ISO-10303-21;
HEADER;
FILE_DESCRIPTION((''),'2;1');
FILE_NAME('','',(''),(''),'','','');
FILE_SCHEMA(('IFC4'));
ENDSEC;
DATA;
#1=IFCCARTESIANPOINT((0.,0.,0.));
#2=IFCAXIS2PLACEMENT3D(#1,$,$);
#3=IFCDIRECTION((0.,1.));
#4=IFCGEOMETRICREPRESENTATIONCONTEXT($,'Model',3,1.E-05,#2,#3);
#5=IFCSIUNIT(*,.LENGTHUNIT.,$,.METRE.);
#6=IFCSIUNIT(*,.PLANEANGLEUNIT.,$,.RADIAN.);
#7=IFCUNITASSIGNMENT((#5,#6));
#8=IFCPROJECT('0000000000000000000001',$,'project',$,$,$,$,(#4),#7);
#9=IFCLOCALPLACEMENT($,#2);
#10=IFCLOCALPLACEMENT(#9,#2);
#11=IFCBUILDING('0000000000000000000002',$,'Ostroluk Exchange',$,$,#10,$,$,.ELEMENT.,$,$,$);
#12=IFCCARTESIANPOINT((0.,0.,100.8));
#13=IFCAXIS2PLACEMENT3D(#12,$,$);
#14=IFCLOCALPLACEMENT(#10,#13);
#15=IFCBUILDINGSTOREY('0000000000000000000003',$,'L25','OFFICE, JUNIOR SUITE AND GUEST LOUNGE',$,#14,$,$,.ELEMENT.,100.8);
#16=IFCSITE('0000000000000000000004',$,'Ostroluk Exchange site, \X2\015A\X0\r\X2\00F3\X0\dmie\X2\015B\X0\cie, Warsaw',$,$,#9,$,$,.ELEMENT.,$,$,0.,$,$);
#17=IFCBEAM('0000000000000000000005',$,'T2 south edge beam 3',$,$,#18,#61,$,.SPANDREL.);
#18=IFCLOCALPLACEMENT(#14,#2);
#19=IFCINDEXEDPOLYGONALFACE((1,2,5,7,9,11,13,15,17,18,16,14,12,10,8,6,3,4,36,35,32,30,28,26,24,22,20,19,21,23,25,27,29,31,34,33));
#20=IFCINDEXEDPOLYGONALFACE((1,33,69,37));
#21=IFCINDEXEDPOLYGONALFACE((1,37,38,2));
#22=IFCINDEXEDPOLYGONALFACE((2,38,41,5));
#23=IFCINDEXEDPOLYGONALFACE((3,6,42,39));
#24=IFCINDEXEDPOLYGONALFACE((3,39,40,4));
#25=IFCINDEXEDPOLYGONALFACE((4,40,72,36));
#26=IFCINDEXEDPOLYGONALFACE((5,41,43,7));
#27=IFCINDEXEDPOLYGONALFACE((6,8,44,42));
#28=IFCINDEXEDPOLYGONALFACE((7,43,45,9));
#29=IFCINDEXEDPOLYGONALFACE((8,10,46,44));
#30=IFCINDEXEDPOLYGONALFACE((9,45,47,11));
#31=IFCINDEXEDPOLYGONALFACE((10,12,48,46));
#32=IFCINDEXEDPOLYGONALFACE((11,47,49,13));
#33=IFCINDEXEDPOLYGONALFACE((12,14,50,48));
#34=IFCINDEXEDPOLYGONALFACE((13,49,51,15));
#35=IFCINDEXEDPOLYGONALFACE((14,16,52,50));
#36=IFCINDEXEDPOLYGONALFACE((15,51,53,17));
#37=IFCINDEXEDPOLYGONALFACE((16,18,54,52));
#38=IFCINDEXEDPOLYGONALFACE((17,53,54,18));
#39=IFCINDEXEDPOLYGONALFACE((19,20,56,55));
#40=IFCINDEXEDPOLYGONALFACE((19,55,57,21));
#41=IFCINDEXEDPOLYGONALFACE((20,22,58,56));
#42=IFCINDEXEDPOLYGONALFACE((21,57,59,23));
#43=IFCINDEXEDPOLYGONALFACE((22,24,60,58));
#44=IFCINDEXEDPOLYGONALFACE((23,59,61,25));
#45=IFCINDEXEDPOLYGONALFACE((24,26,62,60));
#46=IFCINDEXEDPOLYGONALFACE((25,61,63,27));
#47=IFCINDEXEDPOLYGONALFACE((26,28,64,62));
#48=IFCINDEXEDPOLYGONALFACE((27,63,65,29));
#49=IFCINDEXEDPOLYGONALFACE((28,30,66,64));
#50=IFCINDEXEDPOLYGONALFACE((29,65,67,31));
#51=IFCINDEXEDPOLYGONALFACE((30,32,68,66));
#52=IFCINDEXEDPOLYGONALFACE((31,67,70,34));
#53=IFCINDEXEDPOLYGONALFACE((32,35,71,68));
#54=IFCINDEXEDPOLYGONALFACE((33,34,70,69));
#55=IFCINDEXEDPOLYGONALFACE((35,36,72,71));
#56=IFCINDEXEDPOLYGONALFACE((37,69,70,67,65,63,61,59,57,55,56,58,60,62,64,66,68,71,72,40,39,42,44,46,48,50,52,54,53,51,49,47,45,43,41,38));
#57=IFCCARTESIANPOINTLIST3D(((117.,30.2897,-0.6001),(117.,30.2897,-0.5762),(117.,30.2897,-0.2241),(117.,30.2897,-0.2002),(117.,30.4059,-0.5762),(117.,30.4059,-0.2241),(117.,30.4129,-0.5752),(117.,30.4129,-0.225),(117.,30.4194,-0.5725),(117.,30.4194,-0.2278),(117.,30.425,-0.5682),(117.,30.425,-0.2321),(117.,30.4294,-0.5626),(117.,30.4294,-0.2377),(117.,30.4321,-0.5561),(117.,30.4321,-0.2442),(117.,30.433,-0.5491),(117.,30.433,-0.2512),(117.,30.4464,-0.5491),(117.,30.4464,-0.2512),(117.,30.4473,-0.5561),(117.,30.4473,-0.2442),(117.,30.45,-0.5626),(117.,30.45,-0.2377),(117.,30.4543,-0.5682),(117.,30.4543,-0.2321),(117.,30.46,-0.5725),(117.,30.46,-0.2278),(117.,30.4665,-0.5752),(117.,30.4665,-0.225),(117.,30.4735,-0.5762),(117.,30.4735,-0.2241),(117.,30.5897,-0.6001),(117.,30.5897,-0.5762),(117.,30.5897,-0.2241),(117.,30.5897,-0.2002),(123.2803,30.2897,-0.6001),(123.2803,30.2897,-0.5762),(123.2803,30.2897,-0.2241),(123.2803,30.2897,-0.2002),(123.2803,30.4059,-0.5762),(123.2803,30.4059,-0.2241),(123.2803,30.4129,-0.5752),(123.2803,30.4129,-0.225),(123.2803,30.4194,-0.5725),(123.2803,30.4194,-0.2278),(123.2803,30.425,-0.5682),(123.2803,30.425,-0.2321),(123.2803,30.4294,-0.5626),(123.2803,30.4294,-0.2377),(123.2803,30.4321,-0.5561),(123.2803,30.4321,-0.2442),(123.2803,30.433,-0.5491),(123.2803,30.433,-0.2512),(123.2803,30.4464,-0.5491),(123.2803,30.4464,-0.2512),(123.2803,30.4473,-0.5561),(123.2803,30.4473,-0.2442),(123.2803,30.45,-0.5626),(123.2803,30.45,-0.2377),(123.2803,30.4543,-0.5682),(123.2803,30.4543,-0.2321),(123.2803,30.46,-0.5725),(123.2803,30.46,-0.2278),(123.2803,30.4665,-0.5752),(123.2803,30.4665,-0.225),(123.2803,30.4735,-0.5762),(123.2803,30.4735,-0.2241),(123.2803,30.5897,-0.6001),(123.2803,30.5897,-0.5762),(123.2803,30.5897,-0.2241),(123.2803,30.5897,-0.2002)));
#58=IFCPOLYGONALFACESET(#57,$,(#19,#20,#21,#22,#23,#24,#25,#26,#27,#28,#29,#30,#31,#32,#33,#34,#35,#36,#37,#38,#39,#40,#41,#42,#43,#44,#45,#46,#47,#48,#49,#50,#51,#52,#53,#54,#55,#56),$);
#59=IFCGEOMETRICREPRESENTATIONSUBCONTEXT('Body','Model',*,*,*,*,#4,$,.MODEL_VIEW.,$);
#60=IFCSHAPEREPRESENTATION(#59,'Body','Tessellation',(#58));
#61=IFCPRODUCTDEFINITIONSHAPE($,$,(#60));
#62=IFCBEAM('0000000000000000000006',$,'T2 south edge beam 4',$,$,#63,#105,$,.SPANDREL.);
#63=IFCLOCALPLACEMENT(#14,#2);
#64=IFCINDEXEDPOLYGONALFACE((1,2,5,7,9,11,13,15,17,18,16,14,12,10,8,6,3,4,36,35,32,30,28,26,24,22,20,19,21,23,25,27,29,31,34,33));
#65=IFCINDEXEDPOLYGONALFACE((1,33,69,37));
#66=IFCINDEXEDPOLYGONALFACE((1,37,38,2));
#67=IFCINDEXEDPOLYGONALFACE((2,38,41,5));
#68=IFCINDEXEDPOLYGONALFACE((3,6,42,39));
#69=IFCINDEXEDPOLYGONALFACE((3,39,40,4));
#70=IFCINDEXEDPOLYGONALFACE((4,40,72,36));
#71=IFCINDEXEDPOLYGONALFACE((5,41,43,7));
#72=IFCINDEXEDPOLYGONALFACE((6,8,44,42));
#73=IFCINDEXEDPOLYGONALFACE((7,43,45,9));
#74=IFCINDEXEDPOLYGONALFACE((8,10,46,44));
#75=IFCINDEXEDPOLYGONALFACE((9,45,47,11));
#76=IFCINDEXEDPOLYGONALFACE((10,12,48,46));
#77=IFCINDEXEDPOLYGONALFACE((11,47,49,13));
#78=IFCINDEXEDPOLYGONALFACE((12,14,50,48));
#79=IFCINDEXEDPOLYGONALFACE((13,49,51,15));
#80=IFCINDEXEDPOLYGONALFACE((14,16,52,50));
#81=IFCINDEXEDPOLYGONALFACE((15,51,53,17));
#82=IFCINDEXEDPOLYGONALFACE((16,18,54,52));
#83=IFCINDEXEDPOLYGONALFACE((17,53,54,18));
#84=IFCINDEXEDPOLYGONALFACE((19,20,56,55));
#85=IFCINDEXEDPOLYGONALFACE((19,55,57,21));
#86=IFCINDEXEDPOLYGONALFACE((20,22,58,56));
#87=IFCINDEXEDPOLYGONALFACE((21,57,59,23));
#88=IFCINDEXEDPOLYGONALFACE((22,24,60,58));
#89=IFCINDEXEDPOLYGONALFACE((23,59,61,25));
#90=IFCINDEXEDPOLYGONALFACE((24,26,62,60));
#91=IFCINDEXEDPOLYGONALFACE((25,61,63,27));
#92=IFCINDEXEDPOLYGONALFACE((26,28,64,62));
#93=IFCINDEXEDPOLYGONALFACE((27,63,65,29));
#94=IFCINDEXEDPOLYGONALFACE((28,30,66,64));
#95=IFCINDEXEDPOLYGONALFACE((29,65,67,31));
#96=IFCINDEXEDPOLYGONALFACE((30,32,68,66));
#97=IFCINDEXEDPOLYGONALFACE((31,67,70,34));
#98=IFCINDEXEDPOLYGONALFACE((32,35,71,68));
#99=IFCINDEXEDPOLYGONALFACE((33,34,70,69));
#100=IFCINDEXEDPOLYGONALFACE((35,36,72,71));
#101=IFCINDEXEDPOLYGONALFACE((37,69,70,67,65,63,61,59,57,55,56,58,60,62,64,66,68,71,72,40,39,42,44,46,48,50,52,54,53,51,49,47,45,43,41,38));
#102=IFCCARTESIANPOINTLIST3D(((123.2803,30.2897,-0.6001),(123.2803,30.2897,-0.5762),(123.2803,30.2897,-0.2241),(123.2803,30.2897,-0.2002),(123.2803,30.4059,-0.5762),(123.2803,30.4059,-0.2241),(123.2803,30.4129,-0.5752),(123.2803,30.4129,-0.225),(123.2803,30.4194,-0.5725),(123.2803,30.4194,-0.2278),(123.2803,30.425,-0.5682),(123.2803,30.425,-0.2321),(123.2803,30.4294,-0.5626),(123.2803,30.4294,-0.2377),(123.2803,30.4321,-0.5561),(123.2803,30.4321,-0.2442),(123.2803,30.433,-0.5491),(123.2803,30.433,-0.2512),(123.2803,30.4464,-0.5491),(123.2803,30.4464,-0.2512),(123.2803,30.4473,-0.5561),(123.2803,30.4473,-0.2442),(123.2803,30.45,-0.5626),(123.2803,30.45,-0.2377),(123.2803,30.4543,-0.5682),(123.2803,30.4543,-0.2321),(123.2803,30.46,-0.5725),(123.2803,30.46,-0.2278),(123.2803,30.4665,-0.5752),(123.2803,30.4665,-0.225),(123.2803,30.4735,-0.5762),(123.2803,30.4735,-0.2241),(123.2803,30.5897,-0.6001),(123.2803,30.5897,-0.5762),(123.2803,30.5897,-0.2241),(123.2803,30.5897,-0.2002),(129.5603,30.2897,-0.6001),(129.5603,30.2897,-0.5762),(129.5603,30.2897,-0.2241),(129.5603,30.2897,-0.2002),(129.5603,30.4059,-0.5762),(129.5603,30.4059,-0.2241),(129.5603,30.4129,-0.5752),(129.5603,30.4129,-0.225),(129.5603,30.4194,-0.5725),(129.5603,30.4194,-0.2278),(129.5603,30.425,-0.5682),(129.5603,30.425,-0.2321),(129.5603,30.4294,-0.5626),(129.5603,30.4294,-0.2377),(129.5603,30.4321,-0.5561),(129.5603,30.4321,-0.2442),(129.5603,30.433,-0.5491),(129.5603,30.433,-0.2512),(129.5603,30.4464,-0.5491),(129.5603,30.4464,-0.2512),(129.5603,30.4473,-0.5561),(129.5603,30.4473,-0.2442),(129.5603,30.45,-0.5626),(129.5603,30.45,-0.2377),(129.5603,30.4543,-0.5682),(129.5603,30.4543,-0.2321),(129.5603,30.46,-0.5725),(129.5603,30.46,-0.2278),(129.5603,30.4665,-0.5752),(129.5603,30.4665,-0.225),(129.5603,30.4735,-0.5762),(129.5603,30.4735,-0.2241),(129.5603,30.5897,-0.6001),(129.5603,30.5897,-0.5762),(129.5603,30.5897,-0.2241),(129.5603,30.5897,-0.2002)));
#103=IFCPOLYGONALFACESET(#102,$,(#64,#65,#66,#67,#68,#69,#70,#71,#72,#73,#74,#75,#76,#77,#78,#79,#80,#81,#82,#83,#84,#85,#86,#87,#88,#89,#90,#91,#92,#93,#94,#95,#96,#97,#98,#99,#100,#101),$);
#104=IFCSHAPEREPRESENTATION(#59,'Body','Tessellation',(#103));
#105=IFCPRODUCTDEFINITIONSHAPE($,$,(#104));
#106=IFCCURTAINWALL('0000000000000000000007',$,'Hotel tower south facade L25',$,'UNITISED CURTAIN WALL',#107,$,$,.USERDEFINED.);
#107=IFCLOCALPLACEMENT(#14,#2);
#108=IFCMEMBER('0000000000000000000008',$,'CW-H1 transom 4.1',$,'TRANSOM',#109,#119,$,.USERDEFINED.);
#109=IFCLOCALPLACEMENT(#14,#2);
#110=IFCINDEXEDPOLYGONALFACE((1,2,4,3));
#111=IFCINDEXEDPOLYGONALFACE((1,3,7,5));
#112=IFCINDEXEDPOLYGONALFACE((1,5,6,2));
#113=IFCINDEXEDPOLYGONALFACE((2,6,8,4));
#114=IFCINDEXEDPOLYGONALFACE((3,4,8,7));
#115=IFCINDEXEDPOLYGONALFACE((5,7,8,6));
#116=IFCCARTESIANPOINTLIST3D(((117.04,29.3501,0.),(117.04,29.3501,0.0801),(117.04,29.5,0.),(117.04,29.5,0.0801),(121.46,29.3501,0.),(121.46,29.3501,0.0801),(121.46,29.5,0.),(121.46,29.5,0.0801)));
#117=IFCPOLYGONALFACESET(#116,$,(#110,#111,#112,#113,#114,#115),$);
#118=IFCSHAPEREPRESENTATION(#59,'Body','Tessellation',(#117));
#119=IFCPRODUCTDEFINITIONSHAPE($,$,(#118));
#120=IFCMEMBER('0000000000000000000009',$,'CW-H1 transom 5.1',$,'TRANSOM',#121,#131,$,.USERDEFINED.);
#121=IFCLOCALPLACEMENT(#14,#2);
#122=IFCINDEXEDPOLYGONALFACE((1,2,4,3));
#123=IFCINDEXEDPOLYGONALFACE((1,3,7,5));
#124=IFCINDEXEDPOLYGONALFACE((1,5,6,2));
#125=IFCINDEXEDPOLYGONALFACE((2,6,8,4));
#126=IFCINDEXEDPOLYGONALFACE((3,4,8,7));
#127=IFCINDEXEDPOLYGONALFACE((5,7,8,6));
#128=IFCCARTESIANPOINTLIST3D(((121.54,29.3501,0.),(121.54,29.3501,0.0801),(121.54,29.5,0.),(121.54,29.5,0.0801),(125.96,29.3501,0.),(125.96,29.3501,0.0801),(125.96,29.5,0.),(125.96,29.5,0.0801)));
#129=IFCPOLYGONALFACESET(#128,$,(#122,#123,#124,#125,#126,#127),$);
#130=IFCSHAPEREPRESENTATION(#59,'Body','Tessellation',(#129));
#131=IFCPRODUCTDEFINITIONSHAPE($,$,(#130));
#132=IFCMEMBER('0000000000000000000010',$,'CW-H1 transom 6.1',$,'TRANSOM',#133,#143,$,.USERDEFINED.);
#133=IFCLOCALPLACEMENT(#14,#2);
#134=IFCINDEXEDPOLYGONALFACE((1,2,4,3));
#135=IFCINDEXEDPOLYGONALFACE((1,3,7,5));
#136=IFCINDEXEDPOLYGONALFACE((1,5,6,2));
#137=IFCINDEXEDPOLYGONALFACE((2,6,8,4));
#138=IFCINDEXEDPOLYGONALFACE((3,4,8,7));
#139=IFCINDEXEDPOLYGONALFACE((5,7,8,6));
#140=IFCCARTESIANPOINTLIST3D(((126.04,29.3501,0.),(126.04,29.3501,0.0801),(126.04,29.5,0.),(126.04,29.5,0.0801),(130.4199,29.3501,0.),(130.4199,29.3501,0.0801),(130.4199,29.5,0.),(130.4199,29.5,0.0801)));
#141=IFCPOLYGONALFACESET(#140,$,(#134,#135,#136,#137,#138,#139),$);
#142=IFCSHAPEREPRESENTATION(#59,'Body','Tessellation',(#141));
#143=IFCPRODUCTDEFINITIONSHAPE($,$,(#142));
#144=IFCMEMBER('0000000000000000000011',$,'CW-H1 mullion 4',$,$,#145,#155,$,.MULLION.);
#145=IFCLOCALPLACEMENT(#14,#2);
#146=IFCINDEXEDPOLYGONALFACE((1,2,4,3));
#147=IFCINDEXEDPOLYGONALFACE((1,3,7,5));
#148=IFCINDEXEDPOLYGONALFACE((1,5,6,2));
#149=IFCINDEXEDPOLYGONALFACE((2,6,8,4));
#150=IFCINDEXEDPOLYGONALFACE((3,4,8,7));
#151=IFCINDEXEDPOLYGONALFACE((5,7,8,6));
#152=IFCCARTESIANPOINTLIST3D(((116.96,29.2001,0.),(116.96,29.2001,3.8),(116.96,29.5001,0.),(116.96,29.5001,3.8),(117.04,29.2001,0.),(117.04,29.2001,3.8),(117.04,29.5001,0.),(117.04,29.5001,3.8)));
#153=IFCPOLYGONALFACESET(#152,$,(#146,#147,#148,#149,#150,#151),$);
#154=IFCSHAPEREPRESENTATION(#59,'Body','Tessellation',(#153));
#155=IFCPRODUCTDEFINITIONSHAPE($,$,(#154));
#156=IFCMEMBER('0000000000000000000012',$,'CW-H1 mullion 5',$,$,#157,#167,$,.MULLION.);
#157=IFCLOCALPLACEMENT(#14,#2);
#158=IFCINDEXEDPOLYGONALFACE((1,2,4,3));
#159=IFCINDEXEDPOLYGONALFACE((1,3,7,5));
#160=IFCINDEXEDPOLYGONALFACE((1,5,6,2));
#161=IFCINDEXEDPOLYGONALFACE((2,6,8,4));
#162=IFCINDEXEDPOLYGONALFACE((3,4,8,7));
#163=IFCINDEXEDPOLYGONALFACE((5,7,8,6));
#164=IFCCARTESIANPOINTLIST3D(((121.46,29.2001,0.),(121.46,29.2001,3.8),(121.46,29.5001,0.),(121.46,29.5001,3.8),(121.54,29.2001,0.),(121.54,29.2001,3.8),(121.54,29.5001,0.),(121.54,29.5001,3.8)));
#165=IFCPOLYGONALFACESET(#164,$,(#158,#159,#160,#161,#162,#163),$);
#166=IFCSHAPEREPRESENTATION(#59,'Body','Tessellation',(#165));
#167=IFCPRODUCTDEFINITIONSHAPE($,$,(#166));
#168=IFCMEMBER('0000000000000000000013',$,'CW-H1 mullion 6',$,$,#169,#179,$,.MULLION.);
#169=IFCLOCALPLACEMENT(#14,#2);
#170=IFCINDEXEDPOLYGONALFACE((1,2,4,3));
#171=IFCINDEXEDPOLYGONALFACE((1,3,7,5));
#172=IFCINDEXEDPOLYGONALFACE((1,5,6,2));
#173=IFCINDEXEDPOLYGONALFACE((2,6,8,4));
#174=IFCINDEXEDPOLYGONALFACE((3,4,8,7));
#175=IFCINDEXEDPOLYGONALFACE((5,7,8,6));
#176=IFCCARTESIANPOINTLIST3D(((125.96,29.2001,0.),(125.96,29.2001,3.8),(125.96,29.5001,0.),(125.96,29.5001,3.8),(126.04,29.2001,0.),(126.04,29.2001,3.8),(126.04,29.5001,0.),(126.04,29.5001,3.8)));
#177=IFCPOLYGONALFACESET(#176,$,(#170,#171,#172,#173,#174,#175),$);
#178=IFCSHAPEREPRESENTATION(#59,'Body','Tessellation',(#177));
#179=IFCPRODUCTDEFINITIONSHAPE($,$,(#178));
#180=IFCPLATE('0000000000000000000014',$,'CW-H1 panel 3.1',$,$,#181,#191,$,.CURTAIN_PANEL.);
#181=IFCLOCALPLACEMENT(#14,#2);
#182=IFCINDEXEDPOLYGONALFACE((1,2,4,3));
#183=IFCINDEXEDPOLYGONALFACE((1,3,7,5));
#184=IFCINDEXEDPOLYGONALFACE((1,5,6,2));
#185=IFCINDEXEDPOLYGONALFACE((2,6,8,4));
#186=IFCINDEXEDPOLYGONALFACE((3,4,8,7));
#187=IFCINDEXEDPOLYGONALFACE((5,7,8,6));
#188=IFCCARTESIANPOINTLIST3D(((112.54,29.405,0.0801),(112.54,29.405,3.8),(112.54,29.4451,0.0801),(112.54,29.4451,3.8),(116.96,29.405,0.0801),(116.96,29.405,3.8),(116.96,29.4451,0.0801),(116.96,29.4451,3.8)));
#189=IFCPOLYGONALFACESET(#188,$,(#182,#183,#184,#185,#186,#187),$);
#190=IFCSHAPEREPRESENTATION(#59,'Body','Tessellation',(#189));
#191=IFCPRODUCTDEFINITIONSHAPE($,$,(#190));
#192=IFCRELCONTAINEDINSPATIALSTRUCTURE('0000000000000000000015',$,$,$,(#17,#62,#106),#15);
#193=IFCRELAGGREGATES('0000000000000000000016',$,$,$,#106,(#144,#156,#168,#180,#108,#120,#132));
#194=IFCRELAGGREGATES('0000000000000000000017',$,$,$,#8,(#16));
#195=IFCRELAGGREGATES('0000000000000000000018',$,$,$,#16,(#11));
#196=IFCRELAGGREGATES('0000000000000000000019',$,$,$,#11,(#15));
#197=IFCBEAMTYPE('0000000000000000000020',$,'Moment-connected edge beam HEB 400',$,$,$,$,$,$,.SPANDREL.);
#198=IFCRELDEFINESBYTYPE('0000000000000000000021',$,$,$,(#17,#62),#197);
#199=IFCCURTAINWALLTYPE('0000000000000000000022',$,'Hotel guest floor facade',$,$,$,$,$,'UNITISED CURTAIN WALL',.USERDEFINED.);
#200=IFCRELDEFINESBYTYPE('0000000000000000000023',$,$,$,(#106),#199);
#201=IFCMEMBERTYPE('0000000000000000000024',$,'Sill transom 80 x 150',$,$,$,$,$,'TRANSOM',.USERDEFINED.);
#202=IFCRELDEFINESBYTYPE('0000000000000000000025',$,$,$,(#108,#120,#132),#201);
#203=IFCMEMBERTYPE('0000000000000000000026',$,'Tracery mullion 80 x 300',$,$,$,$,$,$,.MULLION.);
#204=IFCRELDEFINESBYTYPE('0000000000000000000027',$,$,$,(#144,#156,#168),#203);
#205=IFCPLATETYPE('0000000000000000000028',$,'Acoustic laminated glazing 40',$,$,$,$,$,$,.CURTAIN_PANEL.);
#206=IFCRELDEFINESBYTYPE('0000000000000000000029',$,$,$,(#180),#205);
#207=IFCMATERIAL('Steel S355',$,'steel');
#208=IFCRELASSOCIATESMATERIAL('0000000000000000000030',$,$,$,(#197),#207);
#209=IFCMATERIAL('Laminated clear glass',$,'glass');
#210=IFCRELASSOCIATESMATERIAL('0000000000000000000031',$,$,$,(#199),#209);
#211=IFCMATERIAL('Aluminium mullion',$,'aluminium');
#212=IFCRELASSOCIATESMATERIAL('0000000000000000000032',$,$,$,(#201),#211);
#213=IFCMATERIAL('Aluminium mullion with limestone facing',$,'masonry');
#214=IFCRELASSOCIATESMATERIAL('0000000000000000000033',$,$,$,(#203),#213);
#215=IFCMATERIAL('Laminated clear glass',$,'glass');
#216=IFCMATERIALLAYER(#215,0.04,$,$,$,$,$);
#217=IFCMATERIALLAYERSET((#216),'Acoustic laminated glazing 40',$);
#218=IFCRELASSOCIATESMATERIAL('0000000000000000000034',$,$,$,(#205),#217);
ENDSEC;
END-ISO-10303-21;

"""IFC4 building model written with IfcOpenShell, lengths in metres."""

from ifc_helpers import new_model, si_unit, direction, frame, origin, origin_2d, place, context, subcontext, project, spatial, rectangle, i_section, extrude, material, layer, layer_set, material_profile, profile_set, type_object, element, aggregate, save


model = new_model("IFC4")

# Units and contexts
model_context = context("Model", 3, precision=1e-05, world=origin(), true_north=direction((0.0, 1.0)))
body_context = subcontext(model_context, "Body", "Model", "MODEL_VIEW")
ifc_project = project(units=[si_unit("LENGTHUNIT", "METRE"), si_unit("PLANEANGLEUNIT", "RADIAN")], contexts=[model_context])

# Site, building, storey
site_placement = place(None, origin())
site = spatial("IfcSite", under=ifc_project, at=site_placement, Name="Ostroluk Exchange site, Śródmieście, Warsaw", CompositionType="ELEMENT", RefElevation=0.0)
building_placement = place(site_placement, origin())
building = spatial("IfcBuilding", under=site, at=building_placement, Name="Ostroluk Exchange", CompositionType="ELEMENT")
storey_placement = place(building_placement, frame((0.0, 0.0, 100.8)))
storey = spatial("IfcBuildingStorey", under=building, at=storey_placement, Name="L25", Description="OFFICE, JUNIOR SUITE AND GUEST LOUNGE", CompositionType="ELEMENT", Elevation=100.8)

# Beams
ifc_material_1 = material(Name="Steel S355", Category="steel")
ifc_material_profile_1 = material_profile(ifc_material_1, i_section(OverallWidth=0.3, OverallDepth=0.3999, WebThickness=0.0134, FlangeThickness=0.0239, FilletRadius=0.0271, at=origin_2d()), Name="HEB 400")
ifc_profile_set_1 = profile_set([ifc_material_profile_1], Name="Steel S355")
beam_type_1 = type_object("IfcBeamType", Name="Moment-connected edge beam HEB 400", PredefinedType="SPANDREL", material=ifc_profile_set_1)
beam_1_placement = place(storey_placement, frame((117.0, 30.4397, -0.4001), z_axis=(1.0, 0.0, 0.0), x_axis=(0.0, 1.0, 0.0)))
element("IfcBeam", 1, at=beam_1_placement, inside=storey, type_object=beam_type_1, Name="T2 south edge beam 3", PredefinedType="SPANDREL", context=body_context, shape_type="SweptSolid", body=[
    extrude(i_section(OverallWidth=0.3, OverallDepth=0.3999, WebThickness=0.0134, FlangeThickness=0.0239, FilletRadius=0.0271, at=origin_2d()), origin(), (0.0, 0.0, 1.0), 6.2803),
])
beam_2_placement = place(storey_placement, frame((123.2803, 30.4397, -0.4001), z_axis=(1.0, 0.0, 0.0), x_axis=(0.0, 1.0, 0.0)))
element("IfcBeam", 2, at=beam_2_placement, inside=storey, type_object=beam_type_1, Name="T2 south edge beam 4", PredefinedType="SPANDREL", context=body_context, shape_type="SweptSolid", body=[
    extrude(i_section(OverallWidth=0.3, OverallDepth=0.3999, WebThickness=0.0134, FlangeThickness=0.0239, FilletRadius=0.0271, at=origin_2d()), origin(), (0.0, 0.0, 1.0), 6.28),
])

# Curtain wall, members, plate
ifc_material_2 = material(Name="Laminated clear glass", Category="glass")
curtain_wall_type = type_object("IfcCurtainWallType", Name="Hotel guest floor facade", ElementType="UNITISED CURTAIN WALL", PredefinedType="USERDEFINED", material=ifc_material_2)
curtain_wall_placement = place(storey_placement, origin())
curtain_wall = element("IfcCurtainWall", 3, at=curtain_wall_placement, inside=storey, type_object=curtain_wall_type, Name="Hotel tower south facade L25", ObjectType="UNITISED CURTAIN WALL", PredefinedType="USERDEFINED")
ifc_material_3 = material(Name="Aluminium mullion", Category="aluminium")
ifc_material_profile_2 = material_profile(ifc_material_3, rectangle(XDim=0.1499, YDim=0.0801, at=origin_2d()), Name="Sill transom 80 x 150")
ifc_profile_set_2 = profile_set([ifc_material_profile_2], Name="Aluminium mullion")
member_type_1 = type_object("IfcMemberType", Name="Sill transom 80 x 150", ElementType="TRANSOM", PredefinedType="USERDEFINED", material=ifc_profile_set_2)
member_1_placement = place(storey_placement, frame((117.04, 29.425, 0.04), z_axis=(1.0, 0.0, 0.0), x_axis=(0.0, 1.0, 0.0)))
member_1 = element("IfcMember", 4, at=member_1_placement, type_object=member_type_1, Name="CW-H1 transom 4.1", ObjectType="TRANSOM", PredefinedType="USERDEFINED", context=body_context, shape_type="SweptSolid", body=[
    extrude(rectangle(XDim=0.1499, YDim=0.0801, at=origin_2d()), origin(), (0.0, 0.0, 1.0), 4.4199),
])
member_2_placement = place(storey_placement, frame((121.54, 29.425, 0.04), z_axis=(1.0, 0.0, 0.0), x_axis=(0.0, 1.0, 0.0)))
member_2 = element("IfcMember", 5, at=member_2_placement, type_object=member_type_1, Name="CW-H1 transom 5.1", ObjectType="TRANSOM", PredefinedType="USERDEFINED", context=body_context, shape_type="SweptSolid", body=[
    extrude(rectangle(XDim=0.1499, YDim=0.0801, at=origin_2d()), origin(), (0.0, 0.0, 1.0), 4.4199),
])
member_3_placement = place(storey_placement, frame((126.04, 29.425, 0.04), z_axis=(1.0, 0.0, 0.0), x_axis=(0.0, 1.0, 0.0)))
member_3 = element("IfcMember", 6, at=member_3_placement, type_object=member_type_1, Name="CW-H1 transom 6.1", ObjectType="TRANSOM", PredefinedType="USERDEFINED", context=body_context, shape_type="SweptSolid", body=[
    extrude(rectangle(XDim=0.1499, YDim=0.0801, at=origin_2d()), origin(), (0.0, 0.0, 1.0), 4.3799),
])
ifc_material_4 = material(Name="Aluminium mullion with limestone facing", Category="masonry")
ifc_material_profile_3 = material_profile(ifc_material_4, rectangle(XDim=0.3, YDim=0.0801, at=origin_2d()), Name="Tracery mullion 80 x 300")
ifc_profile_set_3 = profile_set([ifc_material_profile_3], Name="Aluminium mullion with limestone facing")
member_type_2 = type_object("IfcMemberType", Name="Tracery mullion 80 x 300", PredefinedType="MULLION", material=ifc_profile_set_3)
member_4_placement = place(storey_placement, frame((117.0, 29.3501, 0.0), z_axis=(0.0, 0.0, 1.0), x_axis=(0.0, 1.0, 0.0)))
member_4 = element("IfcMember", 7, at=member_4_placement, type_object=member_type_2, Name="CW-H1 mullion 4", PredefinedType="MULLION", context=body_context, shape_type="SweptSolid", body=[
    extrude(rectangle(XDim=0.3, YDim=0.0801, at=origin_2d()), origin(), (0.0, 0.0, 1.0), 3.8),
])
member_5_placement = place(storey_placement, frame((121.5, 29.3501, 0.0), z_axis=(0.0, 0.0, 1.0), x_axis=(0.0, 1.0, 0.0)))
member_5 = element("IfcMember", 8, at=member_5_placement, type_object=member_type_2, Name="CW-H1 mullion 5", PredefinedType="MULLION", context=body_context, shape_type="SweptSolid", body=[
    extrude(rectangle(XDim=0.3, YDim=0.0801, at=origin_2d()), origin(), (0.0, 0.0, 1.0), 3.8),
])
member_6_placement = place(storey_placement, frame((126.0, 29.3501, 0.0), z_axis=(0.0, 0.0, 1.0), x_axis=(0.0, 1.0, 0.0)))
member_6 = element("IfcMember", 9, at=member_6_placement, type_object=member_type_2, Name="CW-H1 mullion 6", PredefinedType="MULLION", context=body_context, shape_type="SweptSolid", body=[
    extrude(rectangle(XDim=0.3, YDim=0.0801, at=origin_2d()), origin(), (0.0, 0.0, 1.0), 3.8),
])
ifc_material_5 = material(Name="Laminated clear glass", Category="glass")
ifc_layer_1 = layer(ifc_material_5, 0.04)
ifc_layer_set_1 = layer_set([ifc_layer_1], Name="Acoustic laminated glazing 40")
plate_type = type_object("IfcPlateType", Name="Acoustic laminated glazing 40", PredefinedType="CURTAIN_PANEL", material=ifc_layer_set_1)
plate_1_placement = place(storey_placement, frame((114.75, 29.425, 0.0801), z_axis=(0.0, 0.0, 1.0), x_axis=(1.0, 0.0, 0.0)))
plate_1 = element("IfcPlate", 10, at=plate_1_placement, type_object=plate_type, Name="CW-H1 panel 3.1", PredefinedType="CURTAIN_PANEL", context=body_context, shape_type="SweptSolid", body=[
    extrude(rectangle(XDim=4.4199, YDim=0.04, at=origin_2d()), origin(), (0.0, 0.0, 1.0), 3.72),
])
aggregate(curtain_wall, [member_4, member_5, member_6, plate_1, member_1, member_2, member_3])

save(model, "model.ifc")
